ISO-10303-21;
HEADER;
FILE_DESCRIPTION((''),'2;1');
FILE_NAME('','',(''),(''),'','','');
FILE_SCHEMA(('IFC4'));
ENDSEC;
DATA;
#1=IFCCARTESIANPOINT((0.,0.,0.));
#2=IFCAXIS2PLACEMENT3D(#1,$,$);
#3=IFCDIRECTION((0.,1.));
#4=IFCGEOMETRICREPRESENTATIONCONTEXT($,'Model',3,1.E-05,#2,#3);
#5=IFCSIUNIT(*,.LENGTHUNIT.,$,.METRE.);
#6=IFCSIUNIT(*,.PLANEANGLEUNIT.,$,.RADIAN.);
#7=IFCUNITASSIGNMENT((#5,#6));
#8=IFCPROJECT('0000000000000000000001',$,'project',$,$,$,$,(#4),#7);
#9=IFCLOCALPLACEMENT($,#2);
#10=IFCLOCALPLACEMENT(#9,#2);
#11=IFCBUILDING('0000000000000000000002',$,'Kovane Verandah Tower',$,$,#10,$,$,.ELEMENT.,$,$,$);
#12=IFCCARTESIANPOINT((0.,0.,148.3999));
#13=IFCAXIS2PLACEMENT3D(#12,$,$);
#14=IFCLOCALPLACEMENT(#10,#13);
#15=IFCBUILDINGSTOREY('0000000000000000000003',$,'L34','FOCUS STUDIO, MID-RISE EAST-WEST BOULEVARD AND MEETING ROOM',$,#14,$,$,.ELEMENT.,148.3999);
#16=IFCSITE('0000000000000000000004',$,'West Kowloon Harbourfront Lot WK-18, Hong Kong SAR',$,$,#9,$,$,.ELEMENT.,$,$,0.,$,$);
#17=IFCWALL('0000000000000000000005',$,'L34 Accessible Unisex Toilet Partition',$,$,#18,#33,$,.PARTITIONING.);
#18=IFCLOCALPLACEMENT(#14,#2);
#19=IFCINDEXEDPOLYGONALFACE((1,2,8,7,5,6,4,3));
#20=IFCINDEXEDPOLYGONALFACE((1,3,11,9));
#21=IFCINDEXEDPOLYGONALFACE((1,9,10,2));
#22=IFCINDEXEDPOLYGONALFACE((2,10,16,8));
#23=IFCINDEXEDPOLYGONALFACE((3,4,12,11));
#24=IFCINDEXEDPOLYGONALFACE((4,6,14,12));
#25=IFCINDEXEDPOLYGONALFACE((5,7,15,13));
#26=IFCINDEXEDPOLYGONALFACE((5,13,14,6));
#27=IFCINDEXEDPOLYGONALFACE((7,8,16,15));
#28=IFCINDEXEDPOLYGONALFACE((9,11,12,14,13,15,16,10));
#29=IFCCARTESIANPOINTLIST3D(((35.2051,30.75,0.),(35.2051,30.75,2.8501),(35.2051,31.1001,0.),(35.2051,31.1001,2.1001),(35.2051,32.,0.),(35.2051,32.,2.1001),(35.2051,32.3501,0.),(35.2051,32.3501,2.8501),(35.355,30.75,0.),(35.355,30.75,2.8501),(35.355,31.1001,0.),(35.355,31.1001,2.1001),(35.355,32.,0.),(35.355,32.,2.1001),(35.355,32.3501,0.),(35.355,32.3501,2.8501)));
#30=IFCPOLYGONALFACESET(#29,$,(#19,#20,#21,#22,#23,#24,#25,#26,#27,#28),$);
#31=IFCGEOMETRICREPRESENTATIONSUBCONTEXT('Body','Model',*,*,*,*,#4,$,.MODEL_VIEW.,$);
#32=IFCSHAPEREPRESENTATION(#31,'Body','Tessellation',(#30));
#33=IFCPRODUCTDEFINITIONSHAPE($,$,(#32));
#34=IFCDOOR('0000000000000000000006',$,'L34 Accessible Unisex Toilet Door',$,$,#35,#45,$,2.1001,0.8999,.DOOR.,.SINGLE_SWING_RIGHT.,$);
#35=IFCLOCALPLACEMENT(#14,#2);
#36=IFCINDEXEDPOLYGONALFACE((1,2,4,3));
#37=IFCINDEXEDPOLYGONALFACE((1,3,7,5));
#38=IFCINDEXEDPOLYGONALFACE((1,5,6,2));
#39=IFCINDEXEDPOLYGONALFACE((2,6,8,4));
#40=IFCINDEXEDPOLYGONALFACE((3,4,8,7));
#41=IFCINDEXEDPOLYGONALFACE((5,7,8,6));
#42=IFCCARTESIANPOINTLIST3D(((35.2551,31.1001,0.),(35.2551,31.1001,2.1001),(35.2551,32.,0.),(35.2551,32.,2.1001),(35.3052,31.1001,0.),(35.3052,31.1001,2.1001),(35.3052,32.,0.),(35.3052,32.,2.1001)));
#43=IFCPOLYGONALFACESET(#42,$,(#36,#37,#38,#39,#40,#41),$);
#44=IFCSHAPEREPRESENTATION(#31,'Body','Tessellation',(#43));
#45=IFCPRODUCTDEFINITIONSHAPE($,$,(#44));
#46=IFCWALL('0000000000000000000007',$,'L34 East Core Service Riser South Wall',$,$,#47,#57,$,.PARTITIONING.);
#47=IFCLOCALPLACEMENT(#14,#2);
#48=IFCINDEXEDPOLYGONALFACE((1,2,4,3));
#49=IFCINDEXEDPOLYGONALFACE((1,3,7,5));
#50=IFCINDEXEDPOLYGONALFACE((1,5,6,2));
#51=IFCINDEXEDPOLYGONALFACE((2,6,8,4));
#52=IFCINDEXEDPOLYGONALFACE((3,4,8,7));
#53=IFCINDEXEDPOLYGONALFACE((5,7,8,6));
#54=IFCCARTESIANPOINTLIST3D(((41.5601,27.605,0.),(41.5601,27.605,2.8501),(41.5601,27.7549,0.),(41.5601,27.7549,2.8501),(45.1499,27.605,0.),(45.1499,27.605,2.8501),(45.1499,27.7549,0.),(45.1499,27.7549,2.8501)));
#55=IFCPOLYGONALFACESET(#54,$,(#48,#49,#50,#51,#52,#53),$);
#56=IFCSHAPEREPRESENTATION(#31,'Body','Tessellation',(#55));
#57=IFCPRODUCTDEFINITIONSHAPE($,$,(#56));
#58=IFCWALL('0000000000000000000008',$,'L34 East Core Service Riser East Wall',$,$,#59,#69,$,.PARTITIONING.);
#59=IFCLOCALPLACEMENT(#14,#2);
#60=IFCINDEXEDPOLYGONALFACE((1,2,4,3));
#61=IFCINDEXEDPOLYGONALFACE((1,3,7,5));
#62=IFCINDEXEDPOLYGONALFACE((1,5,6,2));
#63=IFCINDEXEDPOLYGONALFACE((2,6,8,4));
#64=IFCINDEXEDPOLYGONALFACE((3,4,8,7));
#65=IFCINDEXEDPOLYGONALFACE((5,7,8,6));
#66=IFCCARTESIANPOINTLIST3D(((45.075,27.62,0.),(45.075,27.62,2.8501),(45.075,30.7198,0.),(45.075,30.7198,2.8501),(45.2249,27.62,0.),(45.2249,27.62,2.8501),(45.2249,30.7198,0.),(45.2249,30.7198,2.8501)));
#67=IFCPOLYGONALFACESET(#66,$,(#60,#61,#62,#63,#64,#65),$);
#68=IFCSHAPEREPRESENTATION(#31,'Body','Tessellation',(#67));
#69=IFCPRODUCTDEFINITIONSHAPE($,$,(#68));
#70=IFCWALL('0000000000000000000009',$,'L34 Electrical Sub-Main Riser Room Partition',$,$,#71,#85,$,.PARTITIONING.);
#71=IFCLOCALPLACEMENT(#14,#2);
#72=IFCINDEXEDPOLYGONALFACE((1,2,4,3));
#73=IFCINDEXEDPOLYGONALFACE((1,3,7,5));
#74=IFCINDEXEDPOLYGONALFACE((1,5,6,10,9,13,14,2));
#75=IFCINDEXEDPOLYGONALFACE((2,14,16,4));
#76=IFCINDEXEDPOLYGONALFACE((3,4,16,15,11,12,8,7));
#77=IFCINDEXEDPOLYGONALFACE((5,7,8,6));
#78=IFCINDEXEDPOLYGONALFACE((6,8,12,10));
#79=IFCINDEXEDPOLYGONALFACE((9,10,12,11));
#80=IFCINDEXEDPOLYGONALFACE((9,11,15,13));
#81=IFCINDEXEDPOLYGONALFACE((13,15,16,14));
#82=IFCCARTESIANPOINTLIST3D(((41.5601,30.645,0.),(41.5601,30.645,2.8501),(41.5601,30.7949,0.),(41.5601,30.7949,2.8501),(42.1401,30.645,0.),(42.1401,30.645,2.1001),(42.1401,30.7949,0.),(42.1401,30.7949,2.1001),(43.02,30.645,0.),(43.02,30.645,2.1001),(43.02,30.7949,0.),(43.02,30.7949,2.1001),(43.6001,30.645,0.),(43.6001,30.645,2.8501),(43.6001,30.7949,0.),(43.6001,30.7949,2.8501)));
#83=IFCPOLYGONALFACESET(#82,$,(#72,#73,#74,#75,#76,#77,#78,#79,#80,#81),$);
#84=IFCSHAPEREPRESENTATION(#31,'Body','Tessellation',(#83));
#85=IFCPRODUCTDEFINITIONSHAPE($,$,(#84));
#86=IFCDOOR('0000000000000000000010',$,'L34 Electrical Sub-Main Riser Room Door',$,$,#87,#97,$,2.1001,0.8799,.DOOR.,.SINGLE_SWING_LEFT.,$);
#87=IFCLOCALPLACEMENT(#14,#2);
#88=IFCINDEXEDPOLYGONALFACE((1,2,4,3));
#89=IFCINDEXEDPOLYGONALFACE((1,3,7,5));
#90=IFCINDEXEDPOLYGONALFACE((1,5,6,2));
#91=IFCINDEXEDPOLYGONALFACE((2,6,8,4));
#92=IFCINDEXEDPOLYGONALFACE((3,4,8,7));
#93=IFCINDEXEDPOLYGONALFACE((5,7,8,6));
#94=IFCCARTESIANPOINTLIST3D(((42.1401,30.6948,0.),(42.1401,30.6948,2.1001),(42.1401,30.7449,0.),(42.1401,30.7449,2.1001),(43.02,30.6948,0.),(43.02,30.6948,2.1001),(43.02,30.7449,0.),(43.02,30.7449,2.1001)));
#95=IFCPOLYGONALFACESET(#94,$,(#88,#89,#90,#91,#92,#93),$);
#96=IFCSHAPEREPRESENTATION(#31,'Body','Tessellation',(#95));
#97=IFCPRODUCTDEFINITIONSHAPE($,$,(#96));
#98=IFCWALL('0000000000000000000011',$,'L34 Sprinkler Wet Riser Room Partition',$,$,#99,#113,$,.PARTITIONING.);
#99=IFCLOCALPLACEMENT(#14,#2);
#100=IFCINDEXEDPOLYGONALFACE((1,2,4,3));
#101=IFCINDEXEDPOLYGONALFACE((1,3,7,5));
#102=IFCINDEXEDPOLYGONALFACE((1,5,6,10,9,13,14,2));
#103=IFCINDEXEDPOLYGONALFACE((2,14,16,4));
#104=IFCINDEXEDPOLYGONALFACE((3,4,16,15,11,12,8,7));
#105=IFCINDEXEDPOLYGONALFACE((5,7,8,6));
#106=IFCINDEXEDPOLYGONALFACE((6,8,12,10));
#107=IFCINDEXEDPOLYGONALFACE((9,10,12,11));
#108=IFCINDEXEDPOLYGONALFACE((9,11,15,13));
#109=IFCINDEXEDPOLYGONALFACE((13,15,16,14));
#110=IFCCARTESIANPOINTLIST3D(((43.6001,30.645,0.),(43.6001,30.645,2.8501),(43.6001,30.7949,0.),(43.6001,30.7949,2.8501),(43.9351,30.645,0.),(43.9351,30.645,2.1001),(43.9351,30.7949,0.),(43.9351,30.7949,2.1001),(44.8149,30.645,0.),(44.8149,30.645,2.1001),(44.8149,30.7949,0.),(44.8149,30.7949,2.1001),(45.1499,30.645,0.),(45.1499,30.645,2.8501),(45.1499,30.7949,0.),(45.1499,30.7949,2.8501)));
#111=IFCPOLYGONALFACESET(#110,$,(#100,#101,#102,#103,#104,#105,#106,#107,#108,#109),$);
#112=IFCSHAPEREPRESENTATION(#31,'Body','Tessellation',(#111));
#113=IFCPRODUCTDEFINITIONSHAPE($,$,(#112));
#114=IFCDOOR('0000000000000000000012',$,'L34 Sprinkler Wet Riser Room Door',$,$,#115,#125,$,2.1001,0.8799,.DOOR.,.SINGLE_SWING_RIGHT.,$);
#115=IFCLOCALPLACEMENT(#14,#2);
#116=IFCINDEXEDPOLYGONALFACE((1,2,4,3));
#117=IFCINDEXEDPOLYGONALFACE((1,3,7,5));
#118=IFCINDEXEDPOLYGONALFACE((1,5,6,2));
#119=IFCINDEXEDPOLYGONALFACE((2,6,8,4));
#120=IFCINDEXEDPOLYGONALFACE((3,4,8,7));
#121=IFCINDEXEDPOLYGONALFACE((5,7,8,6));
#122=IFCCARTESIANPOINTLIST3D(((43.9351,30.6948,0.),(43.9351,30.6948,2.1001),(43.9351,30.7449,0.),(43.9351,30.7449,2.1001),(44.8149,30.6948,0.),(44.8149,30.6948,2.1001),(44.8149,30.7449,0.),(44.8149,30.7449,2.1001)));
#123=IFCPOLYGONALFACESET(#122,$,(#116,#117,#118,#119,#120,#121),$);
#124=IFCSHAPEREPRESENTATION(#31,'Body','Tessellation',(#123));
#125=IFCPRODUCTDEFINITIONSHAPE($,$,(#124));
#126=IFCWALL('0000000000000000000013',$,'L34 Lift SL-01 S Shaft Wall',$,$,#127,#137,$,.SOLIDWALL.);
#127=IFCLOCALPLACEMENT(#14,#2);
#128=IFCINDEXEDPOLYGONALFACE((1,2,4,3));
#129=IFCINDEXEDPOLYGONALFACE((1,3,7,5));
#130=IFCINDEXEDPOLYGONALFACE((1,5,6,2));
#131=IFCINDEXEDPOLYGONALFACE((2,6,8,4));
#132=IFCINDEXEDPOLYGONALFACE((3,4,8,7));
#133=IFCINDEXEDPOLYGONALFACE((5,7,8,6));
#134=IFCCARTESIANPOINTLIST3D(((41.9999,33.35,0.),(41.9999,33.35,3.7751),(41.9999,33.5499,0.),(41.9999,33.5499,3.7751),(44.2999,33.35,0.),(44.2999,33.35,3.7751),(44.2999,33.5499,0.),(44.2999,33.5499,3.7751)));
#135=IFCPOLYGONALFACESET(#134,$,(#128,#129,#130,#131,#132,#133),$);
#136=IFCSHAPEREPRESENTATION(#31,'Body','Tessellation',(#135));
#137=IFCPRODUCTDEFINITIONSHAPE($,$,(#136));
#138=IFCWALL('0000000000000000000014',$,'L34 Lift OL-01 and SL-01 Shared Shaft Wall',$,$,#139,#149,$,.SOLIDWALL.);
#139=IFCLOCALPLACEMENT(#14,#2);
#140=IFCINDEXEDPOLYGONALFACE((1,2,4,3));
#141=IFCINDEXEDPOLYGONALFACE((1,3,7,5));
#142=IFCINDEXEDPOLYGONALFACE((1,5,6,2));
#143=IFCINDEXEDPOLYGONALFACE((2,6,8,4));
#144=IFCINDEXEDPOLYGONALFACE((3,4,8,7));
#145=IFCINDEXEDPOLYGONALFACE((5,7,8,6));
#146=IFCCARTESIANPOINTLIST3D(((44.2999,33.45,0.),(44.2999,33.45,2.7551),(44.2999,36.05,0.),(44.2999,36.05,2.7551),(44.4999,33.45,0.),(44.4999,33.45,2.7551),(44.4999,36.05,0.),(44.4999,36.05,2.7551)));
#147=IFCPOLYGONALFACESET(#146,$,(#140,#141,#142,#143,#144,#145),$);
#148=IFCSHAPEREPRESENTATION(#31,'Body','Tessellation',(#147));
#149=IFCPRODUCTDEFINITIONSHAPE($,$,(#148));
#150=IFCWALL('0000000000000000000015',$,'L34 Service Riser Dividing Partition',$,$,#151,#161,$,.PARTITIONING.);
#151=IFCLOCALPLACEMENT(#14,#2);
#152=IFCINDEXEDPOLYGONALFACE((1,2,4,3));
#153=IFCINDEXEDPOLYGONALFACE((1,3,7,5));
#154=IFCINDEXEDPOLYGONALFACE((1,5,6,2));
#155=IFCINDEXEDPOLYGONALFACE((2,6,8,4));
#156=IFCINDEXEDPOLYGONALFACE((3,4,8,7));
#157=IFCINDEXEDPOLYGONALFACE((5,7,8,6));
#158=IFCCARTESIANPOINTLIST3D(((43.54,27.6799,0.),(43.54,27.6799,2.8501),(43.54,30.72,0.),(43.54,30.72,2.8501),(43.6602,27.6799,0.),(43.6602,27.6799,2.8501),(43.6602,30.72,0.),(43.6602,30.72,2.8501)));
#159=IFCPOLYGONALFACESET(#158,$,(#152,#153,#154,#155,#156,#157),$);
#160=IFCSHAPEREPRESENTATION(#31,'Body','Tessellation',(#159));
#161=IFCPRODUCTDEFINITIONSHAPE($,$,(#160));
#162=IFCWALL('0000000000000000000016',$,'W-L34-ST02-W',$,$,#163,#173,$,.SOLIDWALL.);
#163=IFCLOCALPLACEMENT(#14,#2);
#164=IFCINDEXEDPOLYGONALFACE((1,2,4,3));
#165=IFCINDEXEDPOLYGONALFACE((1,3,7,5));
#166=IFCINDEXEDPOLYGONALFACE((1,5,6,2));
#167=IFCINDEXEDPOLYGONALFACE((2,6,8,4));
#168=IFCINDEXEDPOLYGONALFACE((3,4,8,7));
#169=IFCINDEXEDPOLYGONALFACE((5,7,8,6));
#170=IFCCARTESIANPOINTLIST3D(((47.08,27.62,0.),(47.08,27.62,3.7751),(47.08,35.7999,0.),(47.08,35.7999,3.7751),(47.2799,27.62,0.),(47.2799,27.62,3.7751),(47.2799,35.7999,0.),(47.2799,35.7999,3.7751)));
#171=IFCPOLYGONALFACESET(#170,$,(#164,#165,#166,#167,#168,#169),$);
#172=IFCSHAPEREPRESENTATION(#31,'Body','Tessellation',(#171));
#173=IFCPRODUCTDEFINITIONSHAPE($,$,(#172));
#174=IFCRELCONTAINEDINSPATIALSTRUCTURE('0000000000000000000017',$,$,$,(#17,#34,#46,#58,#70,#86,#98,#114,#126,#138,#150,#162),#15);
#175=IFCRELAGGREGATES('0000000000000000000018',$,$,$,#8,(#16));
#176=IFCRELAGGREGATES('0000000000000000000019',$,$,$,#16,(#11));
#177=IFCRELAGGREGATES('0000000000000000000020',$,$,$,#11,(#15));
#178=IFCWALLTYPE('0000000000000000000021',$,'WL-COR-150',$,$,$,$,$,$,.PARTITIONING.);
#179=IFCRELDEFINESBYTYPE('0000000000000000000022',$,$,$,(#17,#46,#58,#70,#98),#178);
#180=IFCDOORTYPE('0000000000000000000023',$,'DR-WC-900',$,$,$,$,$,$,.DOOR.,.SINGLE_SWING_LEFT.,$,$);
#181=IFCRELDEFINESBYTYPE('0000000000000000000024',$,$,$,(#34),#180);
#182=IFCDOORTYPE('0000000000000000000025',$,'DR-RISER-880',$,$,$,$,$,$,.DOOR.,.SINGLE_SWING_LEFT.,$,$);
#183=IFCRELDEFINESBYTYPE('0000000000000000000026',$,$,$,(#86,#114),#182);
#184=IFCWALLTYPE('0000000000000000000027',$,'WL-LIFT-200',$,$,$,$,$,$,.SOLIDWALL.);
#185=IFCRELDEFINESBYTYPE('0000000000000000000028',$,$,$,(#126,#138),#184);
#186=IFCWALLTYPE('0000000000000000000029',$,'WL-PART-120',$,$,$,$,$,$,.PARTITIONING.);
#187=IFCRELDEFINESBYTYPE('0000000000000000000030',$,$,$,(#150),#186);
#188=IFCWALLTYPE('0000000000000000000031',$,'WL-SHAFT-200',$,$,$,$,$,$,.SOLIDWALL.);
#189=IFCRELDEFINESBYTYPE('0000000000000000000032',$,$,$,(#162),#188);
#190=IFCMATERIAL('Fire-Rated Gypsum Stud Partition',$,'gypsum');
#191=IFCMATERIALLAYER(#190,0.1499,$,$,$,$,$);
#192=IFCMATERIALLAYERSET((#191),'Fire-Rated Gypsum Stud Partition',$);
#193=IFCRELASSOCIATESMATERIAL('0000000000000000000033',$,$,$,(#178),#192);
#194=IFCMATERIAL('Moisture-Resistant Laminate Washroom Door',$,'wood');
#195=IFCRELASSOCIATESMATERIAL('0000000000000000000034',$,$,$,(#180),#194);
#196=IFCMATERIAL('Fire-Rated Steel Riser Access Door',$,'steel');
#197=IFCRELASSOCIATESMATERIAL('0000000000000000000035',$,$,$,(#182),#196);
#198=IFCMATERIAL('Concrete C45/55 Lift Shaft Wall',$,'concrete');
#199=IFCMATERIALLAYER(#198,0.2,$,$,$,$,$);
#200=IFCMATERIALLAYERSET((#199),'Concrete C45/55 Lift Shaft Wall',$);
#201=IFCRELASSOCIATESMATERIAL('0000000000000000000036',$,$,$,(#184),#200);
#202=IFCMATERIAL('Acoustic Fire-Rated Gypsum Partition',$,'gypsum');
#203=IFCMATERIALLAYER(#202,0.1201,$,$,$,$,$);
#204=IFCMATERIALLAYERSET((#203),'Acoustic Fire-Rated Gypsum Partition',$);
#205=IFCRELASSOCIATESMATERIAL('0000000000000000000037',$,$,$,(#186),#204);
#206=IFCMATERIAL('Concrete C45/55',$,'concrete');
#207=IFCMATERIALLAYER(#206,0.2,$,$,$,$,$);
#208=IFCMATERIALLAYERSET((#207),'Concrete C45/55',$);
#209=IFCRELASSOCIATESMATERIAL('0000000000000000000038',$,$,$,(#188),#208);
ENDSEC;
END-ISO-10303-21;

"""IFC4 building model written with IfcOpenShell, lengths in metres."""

from ifc_helpers import new_model, si_unit, direction, frame, frame_2d, origin, place, context, subcontext, project, spatial, rectangle, extrude, material, layer, layer_set, type_object, element, fill, save


model = new_model("IFC4")

# Units and contexts
model_context = context("Model", 3, precision=1e-05, world=origin(), true_north=direction((0.0, 1.0)))
body_context = subcontext(model_context, "Body", "Model", "MODEL_VIEW")
ifc_project = project(units=[si_unit("LENGTHUNIT", "METRE"), si_unit("PLANEANGLEUNIT", "RADIAN")], contexts=[model_context])

# Site, building, storey
site_placement = place(None, origin())
site = spatial("IfcSite", under=ifc_project, at=site_placement, Name="West Kowloon Harbourfront Lot WK-18, Hong Kong SAR", CompositionType="ELEMENT", RefElevation=0.0)
building_placement = place(site_placement, origin())
building = spatial("IfcBuilding", under=site, at=building_placement, Name="Kovane Verandah Tower", CompositionType="ELEMENT")
storey_placement = place(building_placement, frame((0.0, 0.0, 148.3999)))
storey = spatial("IfcBuildingStorey", under=building, at=storey_placement, Name="L34", Description="FOCUS STUDIO, MID-RISE EAST-WEST BOULEVARD AND MEETING ROOM", CompositionType="ELEMENT", Elevation=148.3999)

# Wall, opening, door
ifc_material_1 = material(Name="Fire-Rated Gypsum Stud Partition", Category="gypsum")
ifc_layer_1 = layer(ifc_material_1, 0.1499)
ifc_layer_set_1 = layer_set([ifc_layer_1], Name="Fire-Rated Gypsum Stud Partition")
wall_type_1 = type_object("IfcWallType", Name="WL-COR-150", PredefinedType="PARTITIONING", material=ifc_layer_set_1)
wall_1_placement = place(storey_placement, frame((35.28, 30.75, 0.0), z_axis=(0.0, 0.0, 1.0), x_axis=(0.0, 1.0, 0.0)))
wall_1 = element("IfcWall", 1, at=wall_1_placement, inside=storey, type_object=wall_type_1, Name="L34 Accessible Unisex Toilet Partition", PredefinedType="PARTITIONING", context=body_context, shape_type="SweptSolid", body=[
    extrude(rectangle(XDim=1.6001, YDim=0.1499, at=frame_2d((0.8, 0.0))), origin(), (0.0, 0.0, 1.0), 2.8501),
])
opening_1_placement = place(wall_1_placement, frame((0.3501, 0.0, 0.0)))
opening_1 = element("IfcOpeningElement", 2, at=opening_1_placement, cuts=wall_1, PredefinedType="OPENING", context=body_context, shape_type="SweptSolid", body=[
    extrude(rectangle(XDim=0.8999, YDim=2.1001, at=frame_2d((0.45, 1.05))), frame((0.0, 0.075, 0.0), z_axis=(0.0, -1.0, 0.0), x_axis=(1.0, 0.0, 0.0)), (0.0, 0.0, 1.0), 0.1499),
])
ifc_material_2 = material(Name="Moisture-Resistant Laminate Washroom Door", Category="wood")
door_type_1 = type_object("IfcDoorType", Name="DR-WC-900", OperationType="SINGLE_SWING_LEFT", PredefinedType="DOOR", material=ifc_material_2)
door_1_placement = place(opening_1_placement, origin())
door_1 = element("IfcDoor", 3, at=door_1_placement, inside=storey, type_object=door_type_1, Name="L34 Accessible Unisex Toilet Door", OperationType="SINGLE_SWING_RIGHT", OverallHeight=2.1001, OverallWidth=0.8999, PredefinedType="DOOR", context=body_context, shape_type="SweptSolid", body=[
    extrude(rectangle(XDim=0.8999, YDim=2.1001, at=frame_2d((0.45, 1.05))), frame((0.0, 0.0249, 0.0), z_axis=(0.0, -1.0, 0.0), x_axis=(1.0, 0.0, 0.0)), (0.0, 0.0, 1.0), 0.05),
])
fill(opening_1, door_1)

# Walls
wall_2_placement = place(storey_placement, frame((41.5601, 27.6799, 0.0), z_axis=(0.0, 0.0, 1.0), x_axis=(1.0, 0.0, 0.0)))
element("IfcWall", 4, at=wall_2_placement, inside=storey, type_object=wall_type_1, Name="L34 East Core Service Riser South Wall", PredefinedType="PARTITIONING", context=body_context, shape_type="SweptSolid", body=[
    extrude(rectangle(XDim=3.5898, YDim=0.1499, at=frame_2d((1.7949, 0.0))), origin(), (0.0, 0.0, 1.0), 2.8501),
])
wall_3_placement = place(storey_placement, frame((45.1499, 27.6201, 0.0), z_axis=(0.0, 0.0, 1.0), x_axis=(0.0, 1.0, 0.0)))
element("IfcWall", 5, at=wall_3_placement, inside=storey, type_object=wall_type_1, Name="L34 East Core Service Riser East Wall", PredefinedType="PARTITIONING", context=body_context, shape_type="SweptSolid", body=[
    extrude(rectangle(XDim=3.0999, YDim=0.1499, at=frame_2d((1.5498, 0.0))), origin(), (0.0, 0.0, 1.0), 2.8501),
])

# Walls, openings, doors
wall_4_placement = place(storey_placement, frame((41.5601, 30.72, 0.0), z_axis=(0.0, 0.0, 1.0), x_axis=(1.0, 0.0, 0.0)))
wall_4 = element("IfcWall", 6, at=wall_4_placement, inside=storey, type_object=wall_type_1, Name="L34 Electrical Sub-Main Riser Room Partition", PredefinedType="PARTITIONING", context=body_context, shape_type="SweptSolid", body=[
    extrude(rectangle(XDim=2.04, YDim=0.1499, at=frame_2d((1.02, 0.0))), origin(), (0.0, 0.0, 1.0), 2.8501),
])
opening_2_placement = place(wall_4_placement, frame((0.5801, 0.0, 0.0)))
opening_2 = element("IfcOpeningElement", 7, at=opening_2_placement, cuts=wall_4, PredefinedType="OPENING", context=body_context, shape_type="SweptSolid", body=[
    extrude(rectangle(XDim=0.8799, YDim=2.1001, at=frame_2d((0.4399, 1.05))), frame((0.0, 0.075, 0.0), z_axis=(0.0, -1.0, 0.0), x_axis=(1.0, 0.0, 0.0)), (0.0, 0.0, 1.0), 0.1499),
])
ifc_material_3 = material(Name="Fire-Rated Steel Riser Access Door", Category="steel")
door_type_2 = type_object("IfcDoorType", Name="DR-RISER-880", OperationType="SINGLE_SWING_LEFT", PredefinedType="DOOR", material=ifc_material_3)
door_2_placement = place(opening_2_placement, origin())
door_2 = element("IfcDoor", 8, at=door_2_placement, inside=storey, type_object=door_type_2, Name="L34 Electrical Sub-Main Riser Room Door", OperationType="SINGLE_SWING_LEFT", OverallHeight=2.1001, OverallWidth=0.8799, PredefinedType="DOOR", context=body_context, shape_type="SweptSolid", body=[
    extrude(rectangle(XDim=0.8799, YDim=2.1001, at=frame_2d((0.4399, 1.05))), frame((0.0, 0.0249, 0.0), z_axis=(0.0, -1.0, 0.0), x_axis=(1.0, 0.0, 0.0)), (0.0, 0.0, 1.0), 0.05),
])
fill(opening_2, door_2)
wall_5_placement = place(storey_placement, frame((43.6001, 30.72, 0.0), z_axis=(0.0, 0.0, 1.0), x_axis=(1.0, 0.0, 0.0)))
wall_5 = element("IfcWall", 9, at=wall_5_placement, inside=storey, type_object=wall_type_1, Name="L34 Sprinkler Wet Riser Room Partition", PredefinedType="PARTITIONING", context=body_context, shape_type="SweptSolid", body=[
    extrude(rectangle(XDim=1.5498, YDim=0.1499, at=frame_2d((0.7749, 0.0))), origin(), (0.0, 0.0, 1.0), 2.8501),
])
opening_3_placement = place(wall_5_placement, frame((0.335, 0.0, 0.0)))
opening_3 = element("IfcOpeningElement", 10, at=opening_3_placement, cuts=wall_5, PredefinedType="OPENING", context=body_context, shape_type="SweptSolid", body=[
    extrude(rectangle(XDim=0.8799, YDim=2.1001, at=frame_2d((0.4399, 1.05))), frame((0.0, 0.075, 0.0), z_axis=(0.0, -1.0, 0.0), x_axis=(1.0, 0.0, 0.0)), (0.0, 0.0, 1.0), 0.1499),
])
door_3_placement = place(opening_3_placement, origin())
door_3 = element("IfcDoor", 11, at=door_3_placement, inside=storey, type_object=door_type_2, Name="L34 Sprinkler Wet Riser Room Door", OperationType="SINGLE_SWING_RIGHT", OverallHeight=2.1001, OverallWidth=0.8799, PredefinedType="DOOR", context=body_context, shape_type="SweptSolid", body=[
    extrude(rectangle(XDim=0.8799, YDim=2.1001, at=frame_2d((0.4399, 1.05))), frame((0.0, 0.0249, 0.0), z_axis=(0.0, -1.0, 0.0), x_axis=(1.0, 0.0, 0.0)), (0.0, 0.0, 1.0), 0.05),
])
fill(opening_3, door_3)

# Walls
ifc_material_4 = material(Name="Concrete C45/55 Lift Shaft Wall", Category="concrete")
ifc_layer_2 = layer(ifc_material_4, 0.2)
ifc_layer_set_2 = layer_set([ifc_layer_2], Name="Concrete C45/55 Lift Shaft Wall")
wall_type_2 = type_object("IfcWallType", Name="WL-LIFT-200", PredefinedType="SOLIDWALL", material=ifc_layer_set_2)
wall_6_placement = place(storey_placement, frame((42.0, 33.45, 0.0), z_axis=(0.0, 0.0, 1.0), x_axis=(1.0, 0.0, 0.0)))
element("IfcWall", 12, at=wall_6_placement, inside=storey, type_object=wall_type_2, Name="L34 Lift SL-01 S Shaft Wall", PredefinedType="SOLIDWALL", context=body_context, shape_type="SweptSolid", body=[
    extrude(rectangle(XDim=2.3, YDim=0.2, at=frame_2d((1.1499, 0.0))), origin(), (0.0, 0.0, 1.0), 3.7751),
])
wall_7_placement = place(storey_placement, frame((44.3999, 33.45, 0.0), z_axis=(0.0, 0.0, 1.0), x_axis=(0.0, 1.0, 0.0)))
element("IfcWall", 13, at=wall_7_placement, inside=storey, type_object=wall_type_2, Name="L34 Lift OL-01 and SL-01 Shared Shaft Wall", PredefinedType="SOLIDWALL", context=body_context, shape_type="SweptSolid", body=[
    extrude(rectangle(XDim=2.6001, YDim=0.2, at=frame_2d((1.3, 0.0))), origin(), (0.0, 0.0, 1.0), 2.7551),
])
ifc_material_5 = material(Name="Acoustic Fire-Rated Gypsum Partition", Category="gypsum")
ifc_layer_3 = layer(ifc_material_5, 0.1201)
ifc_layer_set_3 = layer_set([ifc_layer_3], Name="Acoustic Fire-Rated Gypsum Partition")
wall_type_3 = type_object("IfcWallType", Name="WL-PART-120", PredefinedType="PARTITIONING", material=ifc_layer_set_3)
wall_8_placement = place(storey_placement, frame((43.6001, 27.6799, 0.0), z_axis=(0.0, 0.0, 1.0), x_axis=(0.0, 1.0, 0.0)))
element("IfcWall", 14, at=wall_8_placement, inside=storey, type_object=wall_type_3, Name="L34 Service Riser Dividing Partition", PredefinedType="PARTITIONING", context=body_context, shape_type="SweptSolid", body=[
    extrude(rectangle(XDim=3.04, YDim=0.1201, at=frame_2d((1.52, 0.0))), origin(), (0.0, 0.0, 1.0), 2.8501),
])
ifc_material_6 = material(Name="Concrete C45/55", Category="concrete")
ifc_layer_4 = layer(ifc_material_6, 0.2)
ifc_layer_set_4 = layer_set([ifc_layer_4], Name="Concrete C45/55")
wall_type_4 = type_object("IfcWallType", Name="WL-SHAFT-200", PredefinedType="SOLIDWALL", material=ifc_layer_set_4)
wall_9_placement = place(storey_placement, frame((47.1799, 27.6201, 0.0), z_axis=(0.0, 0.0, 1.0), x_axis=(0.0, 1.0, 0.0)))
element("IfcWall", 15, at=wall_9_placement, inside=storey, type_object=wall_type_4, Name="W-L34-ST02-W", PredefinedType="SOLIDWALL", context=body_context, shape_type="SweptSolid", body=[
    extrude(rectangle(XDim=8.1799, YDim=0.2, at=frame_2d((4.0898, 0.0))), origin(), (0.0, 0.0, 1.0), 3.7751),
])

save(model, "model.ifc")
